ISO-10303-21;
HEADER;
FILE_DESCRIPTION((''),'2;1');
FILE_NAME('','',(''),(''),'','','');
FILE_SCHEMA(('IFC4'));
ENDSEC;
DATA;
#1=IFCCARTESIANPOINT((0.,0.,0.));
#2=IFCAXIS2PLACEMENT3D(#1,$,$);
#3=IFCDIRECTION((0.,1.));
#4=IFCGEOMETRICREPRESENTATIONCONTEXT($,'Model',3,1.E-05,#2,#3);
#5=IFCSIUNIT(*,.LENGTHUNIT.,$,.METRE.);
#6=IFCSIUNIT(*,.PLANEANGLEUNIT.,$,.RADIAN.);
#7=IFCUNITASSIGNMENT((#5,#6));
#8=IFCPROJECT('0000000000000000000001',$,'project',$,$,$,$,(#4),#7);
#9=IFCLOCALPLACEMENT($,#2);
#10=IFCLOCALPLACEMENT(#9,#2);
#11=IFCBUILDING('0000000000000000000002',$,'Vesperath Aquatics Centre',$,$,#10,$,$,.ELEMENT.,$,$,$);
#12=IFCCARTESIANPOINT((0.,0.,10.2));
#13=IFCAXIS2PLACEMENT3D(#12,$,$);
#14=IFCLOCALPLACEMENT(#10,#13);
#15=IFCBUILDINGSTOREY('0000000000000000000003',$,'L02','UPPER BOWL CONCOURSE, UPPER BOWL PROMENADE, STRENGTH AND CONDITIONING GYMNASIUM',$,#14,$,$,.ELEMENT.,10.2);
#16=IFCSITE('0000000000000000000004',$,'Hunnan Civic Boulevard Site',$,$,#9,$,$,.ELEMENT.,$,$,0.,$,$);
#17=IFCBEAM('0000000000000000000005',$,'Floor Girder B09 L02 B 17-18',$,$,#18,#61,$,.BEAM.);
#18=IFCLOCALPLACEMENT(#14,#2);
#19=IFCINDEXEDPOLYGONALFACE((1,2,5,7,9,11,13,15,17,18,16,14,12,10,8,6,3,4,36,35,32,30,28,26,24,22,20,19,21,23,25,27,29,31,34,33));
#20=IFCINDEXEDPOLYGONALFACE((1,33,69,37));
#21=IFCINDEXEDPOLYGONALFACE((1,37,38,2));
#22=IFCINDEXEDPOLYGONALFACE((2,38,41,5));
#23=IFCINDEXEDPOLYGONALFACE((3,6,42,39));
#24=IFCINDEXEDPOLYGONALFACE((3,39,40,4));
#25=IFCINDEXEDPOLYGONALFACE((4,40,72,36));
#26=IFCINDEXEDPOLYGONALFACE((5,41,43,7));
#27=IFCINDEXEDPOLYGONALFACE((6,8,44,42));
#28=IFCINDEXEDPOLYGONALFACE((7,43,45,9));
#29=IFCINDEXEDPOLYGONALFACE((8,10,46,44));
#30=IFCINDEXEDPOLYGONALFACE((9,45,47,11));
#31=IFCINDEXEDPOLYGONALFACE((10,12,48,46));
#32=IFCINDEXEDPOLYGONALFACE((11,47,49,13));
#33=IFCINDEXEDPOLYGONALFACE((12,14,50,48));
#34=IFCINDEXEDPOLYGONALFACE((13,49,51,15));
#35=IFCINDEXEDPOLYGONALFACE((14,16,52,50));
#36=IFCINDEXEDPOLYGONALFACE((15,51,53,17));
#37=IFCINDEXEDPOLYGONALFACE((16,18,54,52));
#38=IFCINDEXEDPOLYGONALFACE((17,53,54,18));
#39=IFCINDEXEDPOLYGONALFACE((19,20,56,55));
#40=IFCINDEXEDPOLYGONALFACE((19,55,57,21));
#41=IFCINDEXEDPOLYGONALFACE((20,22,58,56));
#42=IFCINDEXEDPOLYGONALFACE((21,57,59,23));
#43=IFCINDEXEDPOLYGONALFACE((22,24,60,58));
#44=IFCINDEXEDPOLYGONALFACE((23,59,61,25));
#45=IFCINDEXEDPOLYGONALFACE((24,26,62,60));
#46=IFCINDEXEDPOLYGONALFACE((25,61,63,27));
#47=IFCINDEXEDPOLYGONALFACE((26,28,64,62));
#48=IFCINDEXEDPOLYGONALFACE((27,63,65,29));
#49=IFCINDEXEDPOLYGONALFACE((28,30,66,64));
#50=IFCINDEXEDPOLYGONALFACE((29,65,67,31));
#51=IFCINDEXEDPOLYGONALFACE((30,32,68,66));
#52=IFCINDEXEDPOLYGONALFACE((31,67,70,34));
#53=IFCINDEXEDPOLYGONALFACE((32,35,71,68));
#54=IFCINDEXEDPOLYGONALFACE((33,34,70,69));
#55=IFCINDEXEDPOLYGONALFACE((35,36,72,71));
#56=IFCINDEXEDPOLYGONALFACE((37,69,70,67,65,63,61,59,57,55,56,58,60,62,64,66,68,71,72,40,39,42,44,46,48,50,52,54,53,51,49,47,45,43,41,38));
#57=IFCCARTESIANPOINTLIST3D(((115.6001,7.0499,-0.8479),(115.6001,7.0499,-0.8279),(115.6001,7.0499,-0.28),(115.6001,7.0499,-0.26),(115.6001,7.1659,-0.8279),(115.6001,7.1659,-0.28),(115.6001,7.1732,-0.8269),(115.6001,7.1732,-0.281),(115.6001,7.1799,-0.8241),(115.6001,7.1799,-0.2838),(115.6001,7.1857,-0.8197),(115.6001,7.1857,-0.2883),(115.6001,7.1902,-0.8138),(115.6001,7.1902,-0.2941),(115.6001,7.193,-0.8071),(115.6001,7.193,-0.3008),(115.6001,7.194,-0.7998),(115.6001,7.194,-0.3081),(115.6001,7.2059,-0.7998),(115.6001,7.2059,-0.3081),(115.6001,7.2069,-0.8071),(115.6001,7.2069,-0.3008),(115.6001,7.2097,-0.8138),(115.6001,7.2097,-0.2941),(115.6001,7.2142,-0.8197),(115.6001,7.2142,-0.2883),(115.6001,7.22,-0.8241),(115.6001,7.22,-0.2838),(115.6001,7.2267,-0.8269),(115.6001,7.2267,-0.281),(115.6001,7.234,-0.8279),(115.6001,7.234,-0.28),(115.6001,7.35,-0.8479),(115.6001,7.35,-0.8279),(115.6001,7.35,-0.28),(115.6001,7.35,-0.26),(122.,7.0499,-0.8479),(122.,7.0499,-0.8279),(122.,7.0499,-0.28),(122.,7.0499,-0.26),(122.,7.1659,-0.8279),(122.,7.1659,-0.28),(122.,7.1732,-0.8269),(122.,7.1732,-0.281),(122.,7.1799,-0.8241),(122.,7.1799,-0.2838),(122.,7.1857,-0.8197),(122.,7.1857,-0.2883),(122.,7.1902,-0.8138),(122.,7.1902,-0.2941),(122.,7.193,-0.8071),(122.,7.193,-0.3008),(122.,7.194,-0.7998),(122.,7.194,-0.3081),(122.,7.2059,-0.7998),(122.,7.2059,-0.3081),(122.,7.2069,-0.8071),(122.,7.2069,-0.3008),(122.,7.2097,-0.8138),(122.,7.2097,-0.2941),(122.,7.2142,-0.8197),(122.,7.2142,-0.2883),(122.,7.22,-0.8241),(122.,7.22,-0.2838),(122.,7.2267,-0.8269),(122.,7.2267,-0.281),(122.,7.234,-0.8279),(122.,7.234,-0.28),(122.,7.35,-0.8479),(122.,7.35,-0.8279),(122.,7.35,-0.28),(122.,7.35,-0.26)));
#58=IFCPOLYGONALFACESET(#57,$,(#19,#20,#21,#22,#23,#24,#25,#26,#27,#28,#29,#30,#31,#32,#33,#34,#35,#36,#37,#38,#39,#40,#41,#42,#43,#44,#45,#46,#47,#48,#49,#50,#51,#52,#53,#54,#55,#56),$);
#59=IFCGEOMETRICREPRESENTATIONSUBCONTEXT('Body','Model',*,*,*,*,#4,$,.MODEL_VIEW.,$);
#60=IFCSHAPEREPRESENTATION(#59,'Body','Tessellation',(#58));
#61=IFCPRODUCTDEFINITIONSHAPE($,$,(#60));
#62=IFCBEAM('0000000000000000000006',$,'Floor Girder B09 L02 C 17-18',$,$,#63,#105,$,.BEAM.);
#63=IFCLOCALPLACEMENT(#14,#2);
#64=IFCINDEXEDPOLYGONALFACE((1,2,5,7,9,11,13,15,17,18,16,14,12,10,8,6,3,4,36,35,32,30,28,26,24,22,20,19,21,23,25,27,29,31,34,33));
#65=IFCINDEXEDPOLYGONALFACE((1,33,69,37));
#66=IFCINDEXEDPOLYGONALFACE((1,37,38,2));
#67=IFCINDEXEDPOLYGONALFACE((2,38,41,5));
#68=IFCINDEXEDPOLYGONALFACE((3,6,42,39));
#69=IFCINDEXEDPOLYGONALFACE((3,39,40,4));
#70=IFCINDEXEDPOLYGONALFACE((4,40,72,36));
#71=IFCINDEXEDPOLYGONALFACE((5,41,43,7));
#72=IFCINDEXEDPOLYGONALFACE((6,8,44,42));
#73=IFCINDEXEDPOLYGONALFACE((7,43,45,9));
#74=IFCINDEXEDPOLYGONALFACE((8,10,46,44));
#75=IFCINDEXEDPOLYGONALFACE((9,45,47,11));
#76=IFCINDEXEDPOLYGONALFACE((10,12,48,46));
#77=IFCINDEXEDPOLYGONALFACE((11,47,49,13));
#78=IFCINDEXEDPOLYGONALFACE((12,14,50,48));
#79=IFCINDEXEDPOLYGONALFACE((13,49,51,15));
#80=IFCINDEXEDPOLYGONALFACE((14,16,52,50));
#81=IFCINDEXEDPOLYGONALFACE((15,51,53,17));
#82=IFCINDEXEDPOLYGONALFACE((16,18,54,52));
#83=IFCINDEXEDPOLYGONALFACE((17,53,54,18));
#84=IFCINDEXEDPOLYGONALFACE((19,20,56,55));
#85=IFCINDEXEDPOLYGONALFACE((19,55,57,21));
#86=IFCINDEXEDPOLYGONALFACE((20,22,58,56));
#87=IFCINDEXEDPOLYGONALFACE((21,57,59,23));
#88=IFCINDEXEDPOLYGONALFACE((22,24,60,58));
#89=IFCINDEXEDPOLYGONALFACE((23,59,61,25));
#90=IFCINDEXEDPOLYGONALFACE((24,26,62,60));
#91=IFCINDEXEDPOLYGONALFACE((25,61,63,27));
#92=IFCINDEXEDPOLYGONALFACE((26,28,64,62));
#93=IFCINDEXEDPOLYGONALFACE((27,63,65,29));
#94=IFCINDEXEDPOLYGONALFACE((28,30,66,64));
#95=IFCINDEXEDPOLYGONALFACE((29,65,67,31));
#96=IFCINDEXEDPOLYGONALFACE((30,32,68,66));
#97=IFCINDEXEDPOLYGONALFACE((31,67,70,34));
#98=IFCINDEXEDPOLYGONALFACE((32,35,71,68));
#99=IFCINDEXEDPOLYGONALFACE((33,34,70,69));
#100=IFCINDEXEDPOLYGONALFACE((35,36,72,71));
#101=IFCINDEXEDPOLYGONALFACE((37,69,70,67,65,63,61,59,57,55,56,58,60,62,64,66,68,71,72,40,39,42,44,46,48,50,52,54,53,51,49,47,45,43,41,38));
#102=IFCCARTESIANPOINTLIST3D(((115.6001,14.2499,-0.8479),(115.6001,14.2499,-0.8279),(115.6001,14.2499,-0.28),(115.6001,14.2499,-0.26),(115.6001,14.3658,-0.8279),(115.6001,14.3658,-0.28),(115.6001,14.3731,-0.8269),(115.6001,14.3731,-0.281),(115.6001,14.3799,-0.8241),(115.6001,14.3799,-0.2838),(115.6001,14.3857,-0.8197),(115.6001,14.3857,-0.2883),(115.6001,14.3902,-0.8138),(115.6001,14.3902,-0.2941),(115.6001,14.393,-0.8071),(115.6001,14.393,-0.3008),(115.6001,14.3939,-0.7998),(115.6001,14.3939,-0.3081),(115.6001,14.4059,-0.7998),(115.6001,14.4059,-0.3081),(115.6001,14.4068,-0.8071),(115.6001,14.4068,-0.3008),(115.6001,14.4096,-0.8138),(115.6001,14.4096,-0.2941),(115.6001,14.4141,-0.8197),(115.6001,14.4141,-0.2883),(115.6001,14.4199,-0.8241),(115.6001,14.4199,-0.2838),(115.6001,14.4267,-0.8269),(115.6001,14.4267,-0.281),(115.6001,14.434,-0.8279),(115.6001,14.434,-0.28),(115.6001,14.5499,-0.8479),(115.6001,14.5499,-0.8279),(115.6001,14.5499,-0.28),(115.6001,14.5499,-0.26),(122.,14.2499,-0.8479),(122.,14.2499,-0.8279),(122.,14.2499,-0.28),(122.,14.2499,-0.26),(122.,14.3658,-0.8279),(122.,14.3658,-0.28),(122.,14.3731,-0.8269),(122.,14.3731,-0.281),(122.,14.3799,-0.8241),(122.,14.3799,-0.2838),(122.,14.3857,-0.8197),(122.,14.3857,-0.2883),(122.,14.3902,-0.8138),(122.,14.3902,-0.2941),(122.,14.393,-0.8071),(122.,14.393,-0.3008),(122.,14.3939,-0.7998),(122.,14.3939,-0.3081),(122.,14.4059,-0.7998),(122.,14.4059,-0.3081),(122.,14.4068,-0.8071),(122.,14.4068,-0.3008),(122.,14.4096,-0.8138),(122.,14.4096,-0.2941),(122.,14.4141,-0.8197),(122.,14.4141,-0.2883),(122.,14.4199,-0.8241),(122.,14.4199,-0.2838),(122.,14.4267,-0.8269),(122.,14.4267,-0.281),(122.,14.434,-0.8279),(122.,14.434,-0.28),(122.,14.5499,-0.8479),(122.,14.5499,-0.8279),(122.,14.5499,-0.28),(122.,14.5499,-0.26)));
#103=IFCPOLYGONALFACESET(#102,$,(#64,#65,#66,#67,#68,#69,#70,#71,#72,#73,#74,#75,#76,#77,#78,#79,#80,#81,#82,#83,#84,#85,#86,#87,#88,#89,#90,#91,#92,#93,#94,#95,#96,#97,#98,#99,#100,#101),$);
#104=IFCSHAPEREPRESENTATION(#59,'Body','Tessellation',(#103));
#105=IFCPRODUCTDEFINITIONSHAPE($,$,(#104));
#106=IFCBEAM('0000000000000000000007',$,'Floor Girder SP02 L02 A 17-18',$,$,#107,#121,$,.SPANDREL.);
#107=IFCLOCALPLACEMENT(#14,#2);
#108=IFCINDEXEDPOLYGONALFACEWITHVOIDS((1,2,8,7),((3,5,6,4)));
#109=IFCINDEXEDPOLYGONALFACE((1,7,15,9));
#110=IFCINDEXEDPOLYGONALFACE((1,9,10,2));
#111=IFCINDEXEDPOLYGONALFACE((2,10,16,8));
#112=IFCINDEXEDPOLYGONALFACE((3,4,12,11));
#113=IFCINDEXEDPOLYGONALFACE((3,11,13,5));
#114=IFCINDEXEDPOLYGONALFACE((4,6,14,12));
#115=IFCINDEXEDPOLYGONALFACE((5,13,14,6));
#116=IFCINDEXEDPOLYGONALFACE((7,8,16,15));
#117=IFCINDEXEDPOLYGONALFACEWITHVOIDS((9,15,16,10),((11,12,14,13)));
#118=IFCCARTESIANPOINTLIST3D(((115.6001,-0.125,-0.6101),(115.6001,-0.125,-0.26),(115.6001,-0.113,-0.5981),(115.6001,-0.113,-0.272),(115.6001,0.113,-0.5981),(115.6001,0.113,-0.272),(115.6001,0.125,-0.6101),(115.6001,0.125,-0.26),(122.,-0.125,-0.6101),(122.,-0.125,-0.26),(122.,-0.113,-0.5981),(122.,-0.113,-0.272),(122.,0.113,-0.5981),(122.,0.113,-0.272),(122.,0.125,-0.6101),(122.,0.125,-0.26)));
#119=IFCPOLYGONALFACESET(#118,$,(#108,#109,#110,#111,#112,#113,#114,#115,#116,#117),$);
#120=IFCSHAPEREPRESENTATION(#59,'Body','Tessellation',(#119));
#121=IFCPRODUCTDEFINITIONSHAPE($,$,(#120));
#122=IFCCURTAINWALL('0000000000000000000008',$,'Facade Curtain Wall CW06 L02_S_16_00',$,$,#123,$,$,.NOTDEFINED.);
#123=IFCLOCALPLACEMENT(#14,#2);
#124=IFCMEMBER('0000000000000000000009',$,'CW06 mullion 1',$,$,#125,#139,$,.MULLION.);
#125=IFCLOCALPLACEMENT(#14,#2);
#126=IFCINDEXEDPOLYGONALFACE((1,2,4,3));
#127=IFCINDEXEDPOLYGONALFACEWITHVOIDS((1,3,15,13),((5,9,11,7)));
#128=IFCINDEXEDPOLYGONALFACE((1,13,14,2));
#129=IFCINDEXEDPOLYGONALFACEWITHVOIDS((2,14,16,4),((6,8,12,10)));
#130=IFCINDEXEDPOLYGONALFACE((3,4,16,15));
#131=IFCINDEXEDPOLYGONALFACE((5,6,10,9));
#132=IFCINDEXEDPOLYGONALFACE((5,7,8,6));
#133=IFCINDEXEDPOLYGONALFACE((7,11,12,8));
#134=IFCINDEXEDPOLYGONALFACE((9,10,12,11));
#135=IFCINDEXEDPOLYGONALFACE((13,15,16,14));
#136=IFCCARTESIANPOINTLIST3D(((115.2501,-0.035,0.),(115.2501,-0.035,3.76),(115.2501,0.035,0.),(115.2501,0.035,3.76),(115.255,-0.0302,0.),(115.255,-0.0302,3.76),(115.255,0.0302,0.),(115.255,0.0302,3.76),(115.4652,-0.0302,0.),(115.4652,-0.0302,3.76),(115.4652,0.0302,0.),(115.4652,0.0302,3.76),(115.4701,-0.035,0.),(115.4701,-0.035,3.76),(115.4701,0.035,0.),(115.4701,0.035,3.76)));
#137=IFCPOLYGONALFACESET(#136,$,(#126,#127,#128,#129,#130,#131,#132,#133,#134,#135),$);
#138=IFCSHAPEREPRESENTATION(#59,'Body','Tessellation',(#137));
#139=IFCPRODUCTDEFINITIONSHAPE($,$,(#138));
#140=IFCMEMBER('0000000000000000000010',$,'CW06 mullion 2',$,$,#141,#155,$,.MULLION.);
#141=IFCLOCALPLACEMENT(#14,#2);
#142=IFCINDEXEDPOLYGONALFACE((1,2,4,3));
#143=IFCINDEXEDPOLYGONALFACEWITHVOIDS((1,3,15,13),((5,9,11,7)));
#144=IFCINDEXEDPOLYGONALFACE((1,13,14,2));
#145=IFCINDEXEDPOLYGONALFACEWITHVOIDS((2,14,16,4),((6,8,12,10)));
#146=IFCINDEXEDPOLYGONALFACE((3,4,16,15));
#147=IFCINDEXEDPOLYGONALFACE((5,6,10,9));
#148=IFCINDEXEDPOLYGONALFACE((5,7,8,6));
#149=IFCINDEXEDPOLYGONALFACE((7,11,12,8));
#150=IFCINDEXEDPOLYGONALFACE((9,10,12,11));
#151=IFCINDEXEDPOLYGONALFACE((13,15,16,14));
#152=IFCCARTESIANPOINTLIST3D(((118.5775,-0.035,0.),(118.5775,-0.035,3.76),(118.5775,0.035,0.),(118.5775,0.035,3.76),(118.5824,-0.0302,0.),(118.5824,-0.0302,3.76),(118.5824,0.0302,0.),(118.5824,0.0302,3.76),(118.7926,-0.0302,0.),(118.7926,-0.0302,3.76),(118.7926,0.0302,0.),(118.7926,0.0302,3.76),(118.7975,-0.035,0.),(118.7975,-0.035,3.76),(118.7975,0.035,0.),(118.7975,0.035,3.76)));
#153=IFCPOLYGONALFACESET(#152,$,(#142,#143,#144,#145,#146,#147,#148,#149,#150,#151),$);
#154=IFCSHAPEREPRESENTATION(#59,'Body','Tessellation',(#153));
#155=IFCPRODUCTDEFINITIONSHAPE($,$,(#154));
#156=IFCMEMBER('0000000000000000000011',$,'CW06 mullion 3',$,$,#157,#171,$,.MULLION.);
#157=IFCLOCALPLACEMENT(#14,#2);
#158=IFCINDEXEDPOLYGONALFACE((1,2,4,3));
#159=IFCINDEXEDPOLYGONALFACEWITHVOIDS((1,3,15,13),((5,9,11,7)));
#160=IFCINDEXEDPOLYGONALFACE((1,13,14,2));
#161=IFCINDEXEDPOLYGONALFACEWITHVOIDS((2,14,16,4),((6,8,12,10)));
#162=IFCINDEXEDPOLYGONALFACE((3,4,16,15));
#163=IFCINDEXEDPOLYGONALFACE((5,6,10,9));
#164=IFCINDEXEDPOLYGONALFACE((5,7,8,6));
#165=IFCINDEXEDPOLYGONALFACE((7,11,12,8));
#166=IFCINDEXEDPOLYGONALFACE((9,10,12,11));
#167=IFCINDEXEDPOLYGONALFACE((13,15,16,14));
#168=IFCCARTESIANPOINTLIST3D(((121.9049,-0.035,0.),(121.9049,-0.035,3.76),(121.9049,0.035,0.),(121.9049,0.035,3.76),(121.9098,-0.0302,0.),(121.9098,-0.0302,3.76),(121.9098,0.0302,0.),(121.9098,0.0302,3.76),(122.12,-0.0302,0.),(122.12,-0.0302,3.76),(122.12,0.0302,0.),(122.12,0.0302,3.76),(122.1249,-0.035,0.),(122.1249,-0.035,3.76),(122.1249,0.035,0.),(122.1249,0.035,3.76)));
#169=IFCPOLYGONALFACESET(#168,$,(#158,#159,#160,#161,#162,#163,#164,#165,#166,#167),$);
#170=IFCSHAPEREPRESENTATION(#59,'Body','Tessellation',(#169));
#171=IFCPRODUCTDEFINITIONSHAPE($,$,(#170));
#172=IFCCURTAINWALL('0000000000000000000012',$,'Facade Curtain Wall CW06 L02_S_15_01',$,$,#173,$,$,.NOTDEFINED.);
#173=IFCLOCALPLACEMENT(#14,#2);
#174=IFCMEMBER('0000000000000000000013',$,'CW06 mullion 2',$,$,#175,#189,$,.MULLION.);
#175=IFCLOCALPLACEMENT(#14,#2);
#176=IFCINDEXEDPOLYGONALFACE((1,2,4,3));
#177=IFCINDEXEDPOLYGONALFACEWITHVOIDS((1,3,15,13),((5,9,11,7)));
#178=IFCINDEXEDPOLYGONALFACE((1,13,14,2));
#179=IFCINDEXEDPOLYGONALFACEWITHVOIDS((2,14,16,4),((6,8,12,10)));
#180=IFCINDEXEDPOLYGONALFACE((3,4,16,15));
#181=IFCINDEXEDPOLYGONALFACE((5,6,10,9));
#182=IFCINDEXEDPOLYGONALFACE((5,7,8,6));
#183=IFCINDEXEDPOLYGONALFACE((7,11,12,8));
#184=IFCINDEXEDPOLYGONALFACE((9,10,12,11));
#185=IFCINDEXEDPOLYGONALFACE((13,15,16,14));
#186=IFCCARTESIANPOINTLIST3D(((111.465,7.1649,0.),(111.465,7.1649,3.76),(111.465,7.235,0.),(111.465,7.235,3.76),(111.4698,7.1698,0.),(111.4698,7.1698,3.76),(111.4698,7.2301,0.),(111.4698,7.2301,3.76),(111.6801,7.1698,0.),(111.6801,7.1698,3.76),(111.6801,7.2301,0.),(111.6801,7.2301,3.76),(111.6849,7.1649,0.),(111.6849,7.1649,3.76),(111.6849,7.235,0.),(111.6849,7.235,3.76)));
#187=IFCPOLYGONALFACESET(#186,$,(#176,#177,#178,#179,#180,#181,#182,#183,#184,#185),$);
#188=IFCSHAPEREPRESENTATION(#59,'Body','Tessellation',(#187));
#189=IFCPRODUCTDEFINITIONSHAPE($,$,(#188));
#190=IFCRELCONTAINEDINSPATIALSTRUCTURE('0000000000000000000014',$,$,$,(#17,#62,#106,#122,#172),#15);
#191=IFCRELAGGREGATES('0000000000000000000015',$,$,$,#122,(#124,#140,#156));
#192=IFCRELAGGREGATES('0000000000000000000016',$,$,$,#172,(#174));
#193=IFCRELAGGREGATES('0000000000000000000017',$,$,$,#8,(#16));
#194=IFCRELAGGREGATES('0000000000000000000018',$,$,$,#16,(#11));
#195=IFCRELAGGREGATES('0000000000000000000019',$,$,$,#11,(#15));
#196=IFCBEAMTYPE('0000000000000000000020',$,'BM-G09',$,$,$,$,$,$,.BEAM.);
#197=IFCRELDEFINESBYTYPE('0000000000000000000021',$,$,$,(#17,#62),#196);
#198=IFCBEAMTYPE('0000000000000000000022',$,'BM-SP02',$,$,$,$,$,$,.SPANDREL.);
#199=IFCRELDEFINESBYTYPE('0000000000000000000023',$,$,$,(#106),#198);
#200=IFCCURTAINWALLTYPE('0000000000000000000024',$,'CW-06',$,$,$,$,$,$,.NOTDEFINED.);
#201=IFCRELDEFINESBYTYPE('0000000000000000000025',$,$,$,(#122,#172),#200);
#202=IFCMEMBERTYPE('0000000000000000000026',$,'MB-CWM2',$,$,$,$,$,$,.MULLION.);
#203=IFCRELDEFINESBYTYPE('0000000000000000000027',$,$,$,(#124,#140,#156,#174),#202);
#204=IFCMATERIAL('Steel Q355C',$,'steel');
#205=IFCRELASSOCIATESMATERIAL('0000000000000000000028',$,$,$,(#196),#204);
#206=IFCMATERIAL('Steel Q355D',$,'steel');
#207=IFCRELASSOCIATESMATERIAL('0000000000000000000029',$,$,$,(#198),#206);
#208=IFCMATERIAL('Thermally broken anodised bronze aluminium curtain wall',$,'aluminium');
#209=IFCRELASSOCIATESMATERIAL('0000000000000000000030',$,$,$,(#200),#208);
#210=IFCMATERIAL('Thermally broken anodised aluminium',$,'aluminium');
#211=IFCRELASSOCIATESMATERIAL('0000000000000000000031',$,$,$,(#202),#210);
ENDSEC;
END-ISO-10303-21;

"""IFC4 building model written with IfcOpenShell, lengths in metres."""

from ifc_helpers import new_model, si_unit, direction, frame, origin, origin_2d, place, context, subcontext, project, spatial, hollow_rectangle, i_section, extrude, material, material_profile, profile_set, type_object, element, aggregate, save


model = new_model("IFC4")

# Units and contexts
model_context = context("Model", 3, precision=1e-05, world=origin(), true_north=direction((0.0, 1.0)))
body_context = subcontext(model_context, "Body", "Model", "MODEL_VIEW")
ifc_project = project(units=[si_unit("LENGTHUNIT", "METRE"), si_unit("PLANEANGLEUNIT", "RADIAN")], contexts=[model_context])

# Site, building, storey
site_placement = place(None, origin())
site = spatial("IfcSite", under=ifc_project, at=site_placement, Name="Hunnan Civic Boulevard Site", CompositionType="ELEMENT", RefElevation=0.0)
building_placement = place(site_placement, origin())
building = spatial("IfcBuilding", under=site, at=building_placement, Name="Vesperath Aquatics Centre", CompositionType="ELEMENT")
storey_placement = place(building_placement, frame((0.0, 0.0, 10.2)))
storey = spatial("IfcBuildingStorey", under=building, at=storey_placement, Name="L02", Description="UPPER BOWL CONCOURSE, UPPER BOWL PROMENADE, STRENGTH AND CONDITIONING GYMNASIUM", CompositionType="ELEMENT", Elevation=10.2)

# Shared definitions
ifc_material_1 = material(Name="Steel Q355D", Category="steel")

# Beams
ifc_material_2 = material(Name="Steel Q355C", Category="steel")
ifc_material_profile_1 = material_profile(ifc_material_2, i_section(OverallWidth=0.3, OverallDepth=0.5879, WebThickness=0.012, FlangeThickness=0.02, FilletRadius=0.0281, at=origin_2d()), Name="HM 588x300x12x20")
ifc_profile_set_1 = profile_set([ifc_material_profile_1], Name="Steel Q355C")
beam_type_1 = type_object("IfcBeamType", Name="BM-G09", PredefinedType="BEAM", material=ifc_profile_set_1)
for number, where, z_axis, x_axis, name in (
    (1, (115.6001, 7.2, -0.554), (1.0, 0.0, 0.0), (0.0, 1.0, 0.0), "Floor Girder B09 L02 B 17-18"),
    (2, (115.6001, 14.3999, -0.554), (1.0, 0.0, 0.0), (0.0, 1.0, 0.0), "Floor Girder B09 L02 C 17-18"),
):
    element("IfcBeam", number, at=place(storey_placement, frame(where, z_axis=z_axis, x_axis=x_axis)), inside=storey, type_object=beam_type_1, Name=name, PredefinedType="BEAM", context=body_context, shape_type="SweptSolid", body=[
        extrude(i_section(OverallWidth=0.3, OverallDepth=0.5879, WebThickness=0.012, FlangeThickness=0.02, FilletRadius=0.0281, at=origin_2d()), origin(), (0.0, 0.0, 1.0), 6.3999),
    ])
ifc_material_profile_2 = material_profile(ifc_material_1, hollow_rectangle(XDim=0.25, YDim=0.3501, WallThickness=0.012, at=origin_2d()), Name="RHS 350x250x12")
ifc_profile_set_2 = profile_set([ifc_material_profile_2], Name="Steel Q355D")
beam_type_2 = type_object("IfcBeamType", Name="BM-SP02", PredefinedType="SPANDREL", material=ifc_profile_set_2)
beam_1_placement = place(storey_placement, frame((115.6001, 0.0, -0.4351), z_axis=(1.0, 0.0, 0.0), x_axis=(0.0, 1.0, 0.0)))
element("IfcBeam", 3, at=beam_1_placement, inside=storey, type_object=beam_type_2, Name="Floor Girder SP02 L02 A 17-18", PredefinedType="SPANDREL", context=body_context, shape_type="SweptSolid", body=[
    extrude(hollow_rectangle(XDim=0.25, YDim=0.3501, WallThickness=0.012, at=origin_2d()), origin(), (0.0, 0.0, 1.0), 6.3999),
])

# Curtain walls, members
ifc_material_3 = material(Name="Thermally broken anodised bronze aluminium curtain wall", Category="aluminium")
curtain_wall_type = type_object("IfcCurtainWallType", Name="CW-06", PredefinedType="NOTDEFINED", material=ifc_material_3)
curtain_wall_1_placement = place(storey_placement, origin())
curtain_wall_1 = element("IfcCurtainWall", 4, at=curtain_wall_1_placement, inside=storey, type_object=curtain_wall_type, Name="Facade Curtain Wall CW06 L02_S_16_00", PredefinedType="NOTDEFINED")
ifc_material_4 = material(Name="Thermally broken anodised aluminium", Category="aluminium")
ifc_material_profile_3 = material_profile(ifc_material_4, hollow_rectangle(XDim=0.0701, YDim=0.22, WallThickness=0.0049, at=origin_2d()), Name="CWM 70x220x5")
ifc_profile_set_3 = profile_set([ifc_material_profile_3], Name="Thermally broken anodised aluminium")
member_type_1 = type_object("IfcMemberType", Name="MB-CWM2", PredefinedType="MULLION", material=ifc_profile_set_3)
member_1_placement = place(storey_placement, frame((115.3601, 0.0, 0.0), z_axis=(0.0, 0.0, 1.0), x_axis=(0.0, 1.0, 0.0)))
member_1 = element("IfcMember", 5, at=member_1_placement, type_object=member_type_1, Name="CW06 mullion 1", PredefinedType="MULLION", context=body_context, shape_type="SweptSolid", body=[
    extrude(hollow_rectangle(XDim=0.0701, YDim=0.22, WallThickness=0.0049, at=origin_2d()), origin(), (0.0, 0.0, 1.0), 3.76),
])
member_2_placement = place(storey_placement, frame((118.6875, 0.0, 0.0), z_axis=(0.0, 0.0, 1.0), x_axis=(0.0, 1.0, 0.0)))
member_2 = element("IfcMember", 6, at=member_2_placement, type_object=member_type_1, Name="CW06 mullion 2", PredefinedType="MULLION", context=body_context, shape_type="SweptSolid", body=[
    extrude(hollow_rectangle(XDim=0.0701, YDim=0.22, WallThickness=0.0049, at=origin_2d()), origin(), (0.0, 0.0, 1.0), 3.76),
])
member_3_placement = place(storey_placement, frame((122.0149, 0.0, 0.0), z_axis=(0.0, 0.0, 1.0), x_axis=(0.0, 1.0, 0.0)))
member_3 = element("IfcMember", 7, at=member_3_placement, type_object=member_type_1, Name="CW06 mullion 3", PredefinedType="MULLION", context=body_context, shape_type="SweptSolid", body=[
    extrude(hollow_rectangle(XDim=0.0701, YDim=0.22, WallThickness=0.0049, at=origin_2d()), origin(), (0.0, 0.0, 1.0), 3.76),
])
curtain_wall_2_placement = place(storey_placement, origin())
curtain_wall_2 = element("IfcCurtainWall", 8, at=curtain_wall_2_placement, inside=storey, type_object=curtain_wall_type, Name="Facade Curtain Wall CW06 L02_S_15_01", PredefinedType="NOTDEFINED")
member_4_placement = place(storey_placement, frame((111.575, 7.2, 0.0), z_axis=(0.0, 0.0, 1.0), x_axis=(0.0, 1.0, 0.0)))
member_4 = element("IfcMember", 9, at=member_4_placement, type_object=member_type_1, Name="CW06 mullion 2", PredefinedType="MULLION", context=body_context, shape_type="SweptSolid", body=[
    extrude(hollow_rectangle(XDim=0.0701, YDim=0.22, WallThickness=0.0049, at=origin_2d()), origin(), (0.0, 0.0, 1.0), 3.76),
])

aggregate(curtain_wall_1, [member_1, member_2, member_3])
aggregate(curtain_wall_2, [member_4])

save(model, "model.ifc")
